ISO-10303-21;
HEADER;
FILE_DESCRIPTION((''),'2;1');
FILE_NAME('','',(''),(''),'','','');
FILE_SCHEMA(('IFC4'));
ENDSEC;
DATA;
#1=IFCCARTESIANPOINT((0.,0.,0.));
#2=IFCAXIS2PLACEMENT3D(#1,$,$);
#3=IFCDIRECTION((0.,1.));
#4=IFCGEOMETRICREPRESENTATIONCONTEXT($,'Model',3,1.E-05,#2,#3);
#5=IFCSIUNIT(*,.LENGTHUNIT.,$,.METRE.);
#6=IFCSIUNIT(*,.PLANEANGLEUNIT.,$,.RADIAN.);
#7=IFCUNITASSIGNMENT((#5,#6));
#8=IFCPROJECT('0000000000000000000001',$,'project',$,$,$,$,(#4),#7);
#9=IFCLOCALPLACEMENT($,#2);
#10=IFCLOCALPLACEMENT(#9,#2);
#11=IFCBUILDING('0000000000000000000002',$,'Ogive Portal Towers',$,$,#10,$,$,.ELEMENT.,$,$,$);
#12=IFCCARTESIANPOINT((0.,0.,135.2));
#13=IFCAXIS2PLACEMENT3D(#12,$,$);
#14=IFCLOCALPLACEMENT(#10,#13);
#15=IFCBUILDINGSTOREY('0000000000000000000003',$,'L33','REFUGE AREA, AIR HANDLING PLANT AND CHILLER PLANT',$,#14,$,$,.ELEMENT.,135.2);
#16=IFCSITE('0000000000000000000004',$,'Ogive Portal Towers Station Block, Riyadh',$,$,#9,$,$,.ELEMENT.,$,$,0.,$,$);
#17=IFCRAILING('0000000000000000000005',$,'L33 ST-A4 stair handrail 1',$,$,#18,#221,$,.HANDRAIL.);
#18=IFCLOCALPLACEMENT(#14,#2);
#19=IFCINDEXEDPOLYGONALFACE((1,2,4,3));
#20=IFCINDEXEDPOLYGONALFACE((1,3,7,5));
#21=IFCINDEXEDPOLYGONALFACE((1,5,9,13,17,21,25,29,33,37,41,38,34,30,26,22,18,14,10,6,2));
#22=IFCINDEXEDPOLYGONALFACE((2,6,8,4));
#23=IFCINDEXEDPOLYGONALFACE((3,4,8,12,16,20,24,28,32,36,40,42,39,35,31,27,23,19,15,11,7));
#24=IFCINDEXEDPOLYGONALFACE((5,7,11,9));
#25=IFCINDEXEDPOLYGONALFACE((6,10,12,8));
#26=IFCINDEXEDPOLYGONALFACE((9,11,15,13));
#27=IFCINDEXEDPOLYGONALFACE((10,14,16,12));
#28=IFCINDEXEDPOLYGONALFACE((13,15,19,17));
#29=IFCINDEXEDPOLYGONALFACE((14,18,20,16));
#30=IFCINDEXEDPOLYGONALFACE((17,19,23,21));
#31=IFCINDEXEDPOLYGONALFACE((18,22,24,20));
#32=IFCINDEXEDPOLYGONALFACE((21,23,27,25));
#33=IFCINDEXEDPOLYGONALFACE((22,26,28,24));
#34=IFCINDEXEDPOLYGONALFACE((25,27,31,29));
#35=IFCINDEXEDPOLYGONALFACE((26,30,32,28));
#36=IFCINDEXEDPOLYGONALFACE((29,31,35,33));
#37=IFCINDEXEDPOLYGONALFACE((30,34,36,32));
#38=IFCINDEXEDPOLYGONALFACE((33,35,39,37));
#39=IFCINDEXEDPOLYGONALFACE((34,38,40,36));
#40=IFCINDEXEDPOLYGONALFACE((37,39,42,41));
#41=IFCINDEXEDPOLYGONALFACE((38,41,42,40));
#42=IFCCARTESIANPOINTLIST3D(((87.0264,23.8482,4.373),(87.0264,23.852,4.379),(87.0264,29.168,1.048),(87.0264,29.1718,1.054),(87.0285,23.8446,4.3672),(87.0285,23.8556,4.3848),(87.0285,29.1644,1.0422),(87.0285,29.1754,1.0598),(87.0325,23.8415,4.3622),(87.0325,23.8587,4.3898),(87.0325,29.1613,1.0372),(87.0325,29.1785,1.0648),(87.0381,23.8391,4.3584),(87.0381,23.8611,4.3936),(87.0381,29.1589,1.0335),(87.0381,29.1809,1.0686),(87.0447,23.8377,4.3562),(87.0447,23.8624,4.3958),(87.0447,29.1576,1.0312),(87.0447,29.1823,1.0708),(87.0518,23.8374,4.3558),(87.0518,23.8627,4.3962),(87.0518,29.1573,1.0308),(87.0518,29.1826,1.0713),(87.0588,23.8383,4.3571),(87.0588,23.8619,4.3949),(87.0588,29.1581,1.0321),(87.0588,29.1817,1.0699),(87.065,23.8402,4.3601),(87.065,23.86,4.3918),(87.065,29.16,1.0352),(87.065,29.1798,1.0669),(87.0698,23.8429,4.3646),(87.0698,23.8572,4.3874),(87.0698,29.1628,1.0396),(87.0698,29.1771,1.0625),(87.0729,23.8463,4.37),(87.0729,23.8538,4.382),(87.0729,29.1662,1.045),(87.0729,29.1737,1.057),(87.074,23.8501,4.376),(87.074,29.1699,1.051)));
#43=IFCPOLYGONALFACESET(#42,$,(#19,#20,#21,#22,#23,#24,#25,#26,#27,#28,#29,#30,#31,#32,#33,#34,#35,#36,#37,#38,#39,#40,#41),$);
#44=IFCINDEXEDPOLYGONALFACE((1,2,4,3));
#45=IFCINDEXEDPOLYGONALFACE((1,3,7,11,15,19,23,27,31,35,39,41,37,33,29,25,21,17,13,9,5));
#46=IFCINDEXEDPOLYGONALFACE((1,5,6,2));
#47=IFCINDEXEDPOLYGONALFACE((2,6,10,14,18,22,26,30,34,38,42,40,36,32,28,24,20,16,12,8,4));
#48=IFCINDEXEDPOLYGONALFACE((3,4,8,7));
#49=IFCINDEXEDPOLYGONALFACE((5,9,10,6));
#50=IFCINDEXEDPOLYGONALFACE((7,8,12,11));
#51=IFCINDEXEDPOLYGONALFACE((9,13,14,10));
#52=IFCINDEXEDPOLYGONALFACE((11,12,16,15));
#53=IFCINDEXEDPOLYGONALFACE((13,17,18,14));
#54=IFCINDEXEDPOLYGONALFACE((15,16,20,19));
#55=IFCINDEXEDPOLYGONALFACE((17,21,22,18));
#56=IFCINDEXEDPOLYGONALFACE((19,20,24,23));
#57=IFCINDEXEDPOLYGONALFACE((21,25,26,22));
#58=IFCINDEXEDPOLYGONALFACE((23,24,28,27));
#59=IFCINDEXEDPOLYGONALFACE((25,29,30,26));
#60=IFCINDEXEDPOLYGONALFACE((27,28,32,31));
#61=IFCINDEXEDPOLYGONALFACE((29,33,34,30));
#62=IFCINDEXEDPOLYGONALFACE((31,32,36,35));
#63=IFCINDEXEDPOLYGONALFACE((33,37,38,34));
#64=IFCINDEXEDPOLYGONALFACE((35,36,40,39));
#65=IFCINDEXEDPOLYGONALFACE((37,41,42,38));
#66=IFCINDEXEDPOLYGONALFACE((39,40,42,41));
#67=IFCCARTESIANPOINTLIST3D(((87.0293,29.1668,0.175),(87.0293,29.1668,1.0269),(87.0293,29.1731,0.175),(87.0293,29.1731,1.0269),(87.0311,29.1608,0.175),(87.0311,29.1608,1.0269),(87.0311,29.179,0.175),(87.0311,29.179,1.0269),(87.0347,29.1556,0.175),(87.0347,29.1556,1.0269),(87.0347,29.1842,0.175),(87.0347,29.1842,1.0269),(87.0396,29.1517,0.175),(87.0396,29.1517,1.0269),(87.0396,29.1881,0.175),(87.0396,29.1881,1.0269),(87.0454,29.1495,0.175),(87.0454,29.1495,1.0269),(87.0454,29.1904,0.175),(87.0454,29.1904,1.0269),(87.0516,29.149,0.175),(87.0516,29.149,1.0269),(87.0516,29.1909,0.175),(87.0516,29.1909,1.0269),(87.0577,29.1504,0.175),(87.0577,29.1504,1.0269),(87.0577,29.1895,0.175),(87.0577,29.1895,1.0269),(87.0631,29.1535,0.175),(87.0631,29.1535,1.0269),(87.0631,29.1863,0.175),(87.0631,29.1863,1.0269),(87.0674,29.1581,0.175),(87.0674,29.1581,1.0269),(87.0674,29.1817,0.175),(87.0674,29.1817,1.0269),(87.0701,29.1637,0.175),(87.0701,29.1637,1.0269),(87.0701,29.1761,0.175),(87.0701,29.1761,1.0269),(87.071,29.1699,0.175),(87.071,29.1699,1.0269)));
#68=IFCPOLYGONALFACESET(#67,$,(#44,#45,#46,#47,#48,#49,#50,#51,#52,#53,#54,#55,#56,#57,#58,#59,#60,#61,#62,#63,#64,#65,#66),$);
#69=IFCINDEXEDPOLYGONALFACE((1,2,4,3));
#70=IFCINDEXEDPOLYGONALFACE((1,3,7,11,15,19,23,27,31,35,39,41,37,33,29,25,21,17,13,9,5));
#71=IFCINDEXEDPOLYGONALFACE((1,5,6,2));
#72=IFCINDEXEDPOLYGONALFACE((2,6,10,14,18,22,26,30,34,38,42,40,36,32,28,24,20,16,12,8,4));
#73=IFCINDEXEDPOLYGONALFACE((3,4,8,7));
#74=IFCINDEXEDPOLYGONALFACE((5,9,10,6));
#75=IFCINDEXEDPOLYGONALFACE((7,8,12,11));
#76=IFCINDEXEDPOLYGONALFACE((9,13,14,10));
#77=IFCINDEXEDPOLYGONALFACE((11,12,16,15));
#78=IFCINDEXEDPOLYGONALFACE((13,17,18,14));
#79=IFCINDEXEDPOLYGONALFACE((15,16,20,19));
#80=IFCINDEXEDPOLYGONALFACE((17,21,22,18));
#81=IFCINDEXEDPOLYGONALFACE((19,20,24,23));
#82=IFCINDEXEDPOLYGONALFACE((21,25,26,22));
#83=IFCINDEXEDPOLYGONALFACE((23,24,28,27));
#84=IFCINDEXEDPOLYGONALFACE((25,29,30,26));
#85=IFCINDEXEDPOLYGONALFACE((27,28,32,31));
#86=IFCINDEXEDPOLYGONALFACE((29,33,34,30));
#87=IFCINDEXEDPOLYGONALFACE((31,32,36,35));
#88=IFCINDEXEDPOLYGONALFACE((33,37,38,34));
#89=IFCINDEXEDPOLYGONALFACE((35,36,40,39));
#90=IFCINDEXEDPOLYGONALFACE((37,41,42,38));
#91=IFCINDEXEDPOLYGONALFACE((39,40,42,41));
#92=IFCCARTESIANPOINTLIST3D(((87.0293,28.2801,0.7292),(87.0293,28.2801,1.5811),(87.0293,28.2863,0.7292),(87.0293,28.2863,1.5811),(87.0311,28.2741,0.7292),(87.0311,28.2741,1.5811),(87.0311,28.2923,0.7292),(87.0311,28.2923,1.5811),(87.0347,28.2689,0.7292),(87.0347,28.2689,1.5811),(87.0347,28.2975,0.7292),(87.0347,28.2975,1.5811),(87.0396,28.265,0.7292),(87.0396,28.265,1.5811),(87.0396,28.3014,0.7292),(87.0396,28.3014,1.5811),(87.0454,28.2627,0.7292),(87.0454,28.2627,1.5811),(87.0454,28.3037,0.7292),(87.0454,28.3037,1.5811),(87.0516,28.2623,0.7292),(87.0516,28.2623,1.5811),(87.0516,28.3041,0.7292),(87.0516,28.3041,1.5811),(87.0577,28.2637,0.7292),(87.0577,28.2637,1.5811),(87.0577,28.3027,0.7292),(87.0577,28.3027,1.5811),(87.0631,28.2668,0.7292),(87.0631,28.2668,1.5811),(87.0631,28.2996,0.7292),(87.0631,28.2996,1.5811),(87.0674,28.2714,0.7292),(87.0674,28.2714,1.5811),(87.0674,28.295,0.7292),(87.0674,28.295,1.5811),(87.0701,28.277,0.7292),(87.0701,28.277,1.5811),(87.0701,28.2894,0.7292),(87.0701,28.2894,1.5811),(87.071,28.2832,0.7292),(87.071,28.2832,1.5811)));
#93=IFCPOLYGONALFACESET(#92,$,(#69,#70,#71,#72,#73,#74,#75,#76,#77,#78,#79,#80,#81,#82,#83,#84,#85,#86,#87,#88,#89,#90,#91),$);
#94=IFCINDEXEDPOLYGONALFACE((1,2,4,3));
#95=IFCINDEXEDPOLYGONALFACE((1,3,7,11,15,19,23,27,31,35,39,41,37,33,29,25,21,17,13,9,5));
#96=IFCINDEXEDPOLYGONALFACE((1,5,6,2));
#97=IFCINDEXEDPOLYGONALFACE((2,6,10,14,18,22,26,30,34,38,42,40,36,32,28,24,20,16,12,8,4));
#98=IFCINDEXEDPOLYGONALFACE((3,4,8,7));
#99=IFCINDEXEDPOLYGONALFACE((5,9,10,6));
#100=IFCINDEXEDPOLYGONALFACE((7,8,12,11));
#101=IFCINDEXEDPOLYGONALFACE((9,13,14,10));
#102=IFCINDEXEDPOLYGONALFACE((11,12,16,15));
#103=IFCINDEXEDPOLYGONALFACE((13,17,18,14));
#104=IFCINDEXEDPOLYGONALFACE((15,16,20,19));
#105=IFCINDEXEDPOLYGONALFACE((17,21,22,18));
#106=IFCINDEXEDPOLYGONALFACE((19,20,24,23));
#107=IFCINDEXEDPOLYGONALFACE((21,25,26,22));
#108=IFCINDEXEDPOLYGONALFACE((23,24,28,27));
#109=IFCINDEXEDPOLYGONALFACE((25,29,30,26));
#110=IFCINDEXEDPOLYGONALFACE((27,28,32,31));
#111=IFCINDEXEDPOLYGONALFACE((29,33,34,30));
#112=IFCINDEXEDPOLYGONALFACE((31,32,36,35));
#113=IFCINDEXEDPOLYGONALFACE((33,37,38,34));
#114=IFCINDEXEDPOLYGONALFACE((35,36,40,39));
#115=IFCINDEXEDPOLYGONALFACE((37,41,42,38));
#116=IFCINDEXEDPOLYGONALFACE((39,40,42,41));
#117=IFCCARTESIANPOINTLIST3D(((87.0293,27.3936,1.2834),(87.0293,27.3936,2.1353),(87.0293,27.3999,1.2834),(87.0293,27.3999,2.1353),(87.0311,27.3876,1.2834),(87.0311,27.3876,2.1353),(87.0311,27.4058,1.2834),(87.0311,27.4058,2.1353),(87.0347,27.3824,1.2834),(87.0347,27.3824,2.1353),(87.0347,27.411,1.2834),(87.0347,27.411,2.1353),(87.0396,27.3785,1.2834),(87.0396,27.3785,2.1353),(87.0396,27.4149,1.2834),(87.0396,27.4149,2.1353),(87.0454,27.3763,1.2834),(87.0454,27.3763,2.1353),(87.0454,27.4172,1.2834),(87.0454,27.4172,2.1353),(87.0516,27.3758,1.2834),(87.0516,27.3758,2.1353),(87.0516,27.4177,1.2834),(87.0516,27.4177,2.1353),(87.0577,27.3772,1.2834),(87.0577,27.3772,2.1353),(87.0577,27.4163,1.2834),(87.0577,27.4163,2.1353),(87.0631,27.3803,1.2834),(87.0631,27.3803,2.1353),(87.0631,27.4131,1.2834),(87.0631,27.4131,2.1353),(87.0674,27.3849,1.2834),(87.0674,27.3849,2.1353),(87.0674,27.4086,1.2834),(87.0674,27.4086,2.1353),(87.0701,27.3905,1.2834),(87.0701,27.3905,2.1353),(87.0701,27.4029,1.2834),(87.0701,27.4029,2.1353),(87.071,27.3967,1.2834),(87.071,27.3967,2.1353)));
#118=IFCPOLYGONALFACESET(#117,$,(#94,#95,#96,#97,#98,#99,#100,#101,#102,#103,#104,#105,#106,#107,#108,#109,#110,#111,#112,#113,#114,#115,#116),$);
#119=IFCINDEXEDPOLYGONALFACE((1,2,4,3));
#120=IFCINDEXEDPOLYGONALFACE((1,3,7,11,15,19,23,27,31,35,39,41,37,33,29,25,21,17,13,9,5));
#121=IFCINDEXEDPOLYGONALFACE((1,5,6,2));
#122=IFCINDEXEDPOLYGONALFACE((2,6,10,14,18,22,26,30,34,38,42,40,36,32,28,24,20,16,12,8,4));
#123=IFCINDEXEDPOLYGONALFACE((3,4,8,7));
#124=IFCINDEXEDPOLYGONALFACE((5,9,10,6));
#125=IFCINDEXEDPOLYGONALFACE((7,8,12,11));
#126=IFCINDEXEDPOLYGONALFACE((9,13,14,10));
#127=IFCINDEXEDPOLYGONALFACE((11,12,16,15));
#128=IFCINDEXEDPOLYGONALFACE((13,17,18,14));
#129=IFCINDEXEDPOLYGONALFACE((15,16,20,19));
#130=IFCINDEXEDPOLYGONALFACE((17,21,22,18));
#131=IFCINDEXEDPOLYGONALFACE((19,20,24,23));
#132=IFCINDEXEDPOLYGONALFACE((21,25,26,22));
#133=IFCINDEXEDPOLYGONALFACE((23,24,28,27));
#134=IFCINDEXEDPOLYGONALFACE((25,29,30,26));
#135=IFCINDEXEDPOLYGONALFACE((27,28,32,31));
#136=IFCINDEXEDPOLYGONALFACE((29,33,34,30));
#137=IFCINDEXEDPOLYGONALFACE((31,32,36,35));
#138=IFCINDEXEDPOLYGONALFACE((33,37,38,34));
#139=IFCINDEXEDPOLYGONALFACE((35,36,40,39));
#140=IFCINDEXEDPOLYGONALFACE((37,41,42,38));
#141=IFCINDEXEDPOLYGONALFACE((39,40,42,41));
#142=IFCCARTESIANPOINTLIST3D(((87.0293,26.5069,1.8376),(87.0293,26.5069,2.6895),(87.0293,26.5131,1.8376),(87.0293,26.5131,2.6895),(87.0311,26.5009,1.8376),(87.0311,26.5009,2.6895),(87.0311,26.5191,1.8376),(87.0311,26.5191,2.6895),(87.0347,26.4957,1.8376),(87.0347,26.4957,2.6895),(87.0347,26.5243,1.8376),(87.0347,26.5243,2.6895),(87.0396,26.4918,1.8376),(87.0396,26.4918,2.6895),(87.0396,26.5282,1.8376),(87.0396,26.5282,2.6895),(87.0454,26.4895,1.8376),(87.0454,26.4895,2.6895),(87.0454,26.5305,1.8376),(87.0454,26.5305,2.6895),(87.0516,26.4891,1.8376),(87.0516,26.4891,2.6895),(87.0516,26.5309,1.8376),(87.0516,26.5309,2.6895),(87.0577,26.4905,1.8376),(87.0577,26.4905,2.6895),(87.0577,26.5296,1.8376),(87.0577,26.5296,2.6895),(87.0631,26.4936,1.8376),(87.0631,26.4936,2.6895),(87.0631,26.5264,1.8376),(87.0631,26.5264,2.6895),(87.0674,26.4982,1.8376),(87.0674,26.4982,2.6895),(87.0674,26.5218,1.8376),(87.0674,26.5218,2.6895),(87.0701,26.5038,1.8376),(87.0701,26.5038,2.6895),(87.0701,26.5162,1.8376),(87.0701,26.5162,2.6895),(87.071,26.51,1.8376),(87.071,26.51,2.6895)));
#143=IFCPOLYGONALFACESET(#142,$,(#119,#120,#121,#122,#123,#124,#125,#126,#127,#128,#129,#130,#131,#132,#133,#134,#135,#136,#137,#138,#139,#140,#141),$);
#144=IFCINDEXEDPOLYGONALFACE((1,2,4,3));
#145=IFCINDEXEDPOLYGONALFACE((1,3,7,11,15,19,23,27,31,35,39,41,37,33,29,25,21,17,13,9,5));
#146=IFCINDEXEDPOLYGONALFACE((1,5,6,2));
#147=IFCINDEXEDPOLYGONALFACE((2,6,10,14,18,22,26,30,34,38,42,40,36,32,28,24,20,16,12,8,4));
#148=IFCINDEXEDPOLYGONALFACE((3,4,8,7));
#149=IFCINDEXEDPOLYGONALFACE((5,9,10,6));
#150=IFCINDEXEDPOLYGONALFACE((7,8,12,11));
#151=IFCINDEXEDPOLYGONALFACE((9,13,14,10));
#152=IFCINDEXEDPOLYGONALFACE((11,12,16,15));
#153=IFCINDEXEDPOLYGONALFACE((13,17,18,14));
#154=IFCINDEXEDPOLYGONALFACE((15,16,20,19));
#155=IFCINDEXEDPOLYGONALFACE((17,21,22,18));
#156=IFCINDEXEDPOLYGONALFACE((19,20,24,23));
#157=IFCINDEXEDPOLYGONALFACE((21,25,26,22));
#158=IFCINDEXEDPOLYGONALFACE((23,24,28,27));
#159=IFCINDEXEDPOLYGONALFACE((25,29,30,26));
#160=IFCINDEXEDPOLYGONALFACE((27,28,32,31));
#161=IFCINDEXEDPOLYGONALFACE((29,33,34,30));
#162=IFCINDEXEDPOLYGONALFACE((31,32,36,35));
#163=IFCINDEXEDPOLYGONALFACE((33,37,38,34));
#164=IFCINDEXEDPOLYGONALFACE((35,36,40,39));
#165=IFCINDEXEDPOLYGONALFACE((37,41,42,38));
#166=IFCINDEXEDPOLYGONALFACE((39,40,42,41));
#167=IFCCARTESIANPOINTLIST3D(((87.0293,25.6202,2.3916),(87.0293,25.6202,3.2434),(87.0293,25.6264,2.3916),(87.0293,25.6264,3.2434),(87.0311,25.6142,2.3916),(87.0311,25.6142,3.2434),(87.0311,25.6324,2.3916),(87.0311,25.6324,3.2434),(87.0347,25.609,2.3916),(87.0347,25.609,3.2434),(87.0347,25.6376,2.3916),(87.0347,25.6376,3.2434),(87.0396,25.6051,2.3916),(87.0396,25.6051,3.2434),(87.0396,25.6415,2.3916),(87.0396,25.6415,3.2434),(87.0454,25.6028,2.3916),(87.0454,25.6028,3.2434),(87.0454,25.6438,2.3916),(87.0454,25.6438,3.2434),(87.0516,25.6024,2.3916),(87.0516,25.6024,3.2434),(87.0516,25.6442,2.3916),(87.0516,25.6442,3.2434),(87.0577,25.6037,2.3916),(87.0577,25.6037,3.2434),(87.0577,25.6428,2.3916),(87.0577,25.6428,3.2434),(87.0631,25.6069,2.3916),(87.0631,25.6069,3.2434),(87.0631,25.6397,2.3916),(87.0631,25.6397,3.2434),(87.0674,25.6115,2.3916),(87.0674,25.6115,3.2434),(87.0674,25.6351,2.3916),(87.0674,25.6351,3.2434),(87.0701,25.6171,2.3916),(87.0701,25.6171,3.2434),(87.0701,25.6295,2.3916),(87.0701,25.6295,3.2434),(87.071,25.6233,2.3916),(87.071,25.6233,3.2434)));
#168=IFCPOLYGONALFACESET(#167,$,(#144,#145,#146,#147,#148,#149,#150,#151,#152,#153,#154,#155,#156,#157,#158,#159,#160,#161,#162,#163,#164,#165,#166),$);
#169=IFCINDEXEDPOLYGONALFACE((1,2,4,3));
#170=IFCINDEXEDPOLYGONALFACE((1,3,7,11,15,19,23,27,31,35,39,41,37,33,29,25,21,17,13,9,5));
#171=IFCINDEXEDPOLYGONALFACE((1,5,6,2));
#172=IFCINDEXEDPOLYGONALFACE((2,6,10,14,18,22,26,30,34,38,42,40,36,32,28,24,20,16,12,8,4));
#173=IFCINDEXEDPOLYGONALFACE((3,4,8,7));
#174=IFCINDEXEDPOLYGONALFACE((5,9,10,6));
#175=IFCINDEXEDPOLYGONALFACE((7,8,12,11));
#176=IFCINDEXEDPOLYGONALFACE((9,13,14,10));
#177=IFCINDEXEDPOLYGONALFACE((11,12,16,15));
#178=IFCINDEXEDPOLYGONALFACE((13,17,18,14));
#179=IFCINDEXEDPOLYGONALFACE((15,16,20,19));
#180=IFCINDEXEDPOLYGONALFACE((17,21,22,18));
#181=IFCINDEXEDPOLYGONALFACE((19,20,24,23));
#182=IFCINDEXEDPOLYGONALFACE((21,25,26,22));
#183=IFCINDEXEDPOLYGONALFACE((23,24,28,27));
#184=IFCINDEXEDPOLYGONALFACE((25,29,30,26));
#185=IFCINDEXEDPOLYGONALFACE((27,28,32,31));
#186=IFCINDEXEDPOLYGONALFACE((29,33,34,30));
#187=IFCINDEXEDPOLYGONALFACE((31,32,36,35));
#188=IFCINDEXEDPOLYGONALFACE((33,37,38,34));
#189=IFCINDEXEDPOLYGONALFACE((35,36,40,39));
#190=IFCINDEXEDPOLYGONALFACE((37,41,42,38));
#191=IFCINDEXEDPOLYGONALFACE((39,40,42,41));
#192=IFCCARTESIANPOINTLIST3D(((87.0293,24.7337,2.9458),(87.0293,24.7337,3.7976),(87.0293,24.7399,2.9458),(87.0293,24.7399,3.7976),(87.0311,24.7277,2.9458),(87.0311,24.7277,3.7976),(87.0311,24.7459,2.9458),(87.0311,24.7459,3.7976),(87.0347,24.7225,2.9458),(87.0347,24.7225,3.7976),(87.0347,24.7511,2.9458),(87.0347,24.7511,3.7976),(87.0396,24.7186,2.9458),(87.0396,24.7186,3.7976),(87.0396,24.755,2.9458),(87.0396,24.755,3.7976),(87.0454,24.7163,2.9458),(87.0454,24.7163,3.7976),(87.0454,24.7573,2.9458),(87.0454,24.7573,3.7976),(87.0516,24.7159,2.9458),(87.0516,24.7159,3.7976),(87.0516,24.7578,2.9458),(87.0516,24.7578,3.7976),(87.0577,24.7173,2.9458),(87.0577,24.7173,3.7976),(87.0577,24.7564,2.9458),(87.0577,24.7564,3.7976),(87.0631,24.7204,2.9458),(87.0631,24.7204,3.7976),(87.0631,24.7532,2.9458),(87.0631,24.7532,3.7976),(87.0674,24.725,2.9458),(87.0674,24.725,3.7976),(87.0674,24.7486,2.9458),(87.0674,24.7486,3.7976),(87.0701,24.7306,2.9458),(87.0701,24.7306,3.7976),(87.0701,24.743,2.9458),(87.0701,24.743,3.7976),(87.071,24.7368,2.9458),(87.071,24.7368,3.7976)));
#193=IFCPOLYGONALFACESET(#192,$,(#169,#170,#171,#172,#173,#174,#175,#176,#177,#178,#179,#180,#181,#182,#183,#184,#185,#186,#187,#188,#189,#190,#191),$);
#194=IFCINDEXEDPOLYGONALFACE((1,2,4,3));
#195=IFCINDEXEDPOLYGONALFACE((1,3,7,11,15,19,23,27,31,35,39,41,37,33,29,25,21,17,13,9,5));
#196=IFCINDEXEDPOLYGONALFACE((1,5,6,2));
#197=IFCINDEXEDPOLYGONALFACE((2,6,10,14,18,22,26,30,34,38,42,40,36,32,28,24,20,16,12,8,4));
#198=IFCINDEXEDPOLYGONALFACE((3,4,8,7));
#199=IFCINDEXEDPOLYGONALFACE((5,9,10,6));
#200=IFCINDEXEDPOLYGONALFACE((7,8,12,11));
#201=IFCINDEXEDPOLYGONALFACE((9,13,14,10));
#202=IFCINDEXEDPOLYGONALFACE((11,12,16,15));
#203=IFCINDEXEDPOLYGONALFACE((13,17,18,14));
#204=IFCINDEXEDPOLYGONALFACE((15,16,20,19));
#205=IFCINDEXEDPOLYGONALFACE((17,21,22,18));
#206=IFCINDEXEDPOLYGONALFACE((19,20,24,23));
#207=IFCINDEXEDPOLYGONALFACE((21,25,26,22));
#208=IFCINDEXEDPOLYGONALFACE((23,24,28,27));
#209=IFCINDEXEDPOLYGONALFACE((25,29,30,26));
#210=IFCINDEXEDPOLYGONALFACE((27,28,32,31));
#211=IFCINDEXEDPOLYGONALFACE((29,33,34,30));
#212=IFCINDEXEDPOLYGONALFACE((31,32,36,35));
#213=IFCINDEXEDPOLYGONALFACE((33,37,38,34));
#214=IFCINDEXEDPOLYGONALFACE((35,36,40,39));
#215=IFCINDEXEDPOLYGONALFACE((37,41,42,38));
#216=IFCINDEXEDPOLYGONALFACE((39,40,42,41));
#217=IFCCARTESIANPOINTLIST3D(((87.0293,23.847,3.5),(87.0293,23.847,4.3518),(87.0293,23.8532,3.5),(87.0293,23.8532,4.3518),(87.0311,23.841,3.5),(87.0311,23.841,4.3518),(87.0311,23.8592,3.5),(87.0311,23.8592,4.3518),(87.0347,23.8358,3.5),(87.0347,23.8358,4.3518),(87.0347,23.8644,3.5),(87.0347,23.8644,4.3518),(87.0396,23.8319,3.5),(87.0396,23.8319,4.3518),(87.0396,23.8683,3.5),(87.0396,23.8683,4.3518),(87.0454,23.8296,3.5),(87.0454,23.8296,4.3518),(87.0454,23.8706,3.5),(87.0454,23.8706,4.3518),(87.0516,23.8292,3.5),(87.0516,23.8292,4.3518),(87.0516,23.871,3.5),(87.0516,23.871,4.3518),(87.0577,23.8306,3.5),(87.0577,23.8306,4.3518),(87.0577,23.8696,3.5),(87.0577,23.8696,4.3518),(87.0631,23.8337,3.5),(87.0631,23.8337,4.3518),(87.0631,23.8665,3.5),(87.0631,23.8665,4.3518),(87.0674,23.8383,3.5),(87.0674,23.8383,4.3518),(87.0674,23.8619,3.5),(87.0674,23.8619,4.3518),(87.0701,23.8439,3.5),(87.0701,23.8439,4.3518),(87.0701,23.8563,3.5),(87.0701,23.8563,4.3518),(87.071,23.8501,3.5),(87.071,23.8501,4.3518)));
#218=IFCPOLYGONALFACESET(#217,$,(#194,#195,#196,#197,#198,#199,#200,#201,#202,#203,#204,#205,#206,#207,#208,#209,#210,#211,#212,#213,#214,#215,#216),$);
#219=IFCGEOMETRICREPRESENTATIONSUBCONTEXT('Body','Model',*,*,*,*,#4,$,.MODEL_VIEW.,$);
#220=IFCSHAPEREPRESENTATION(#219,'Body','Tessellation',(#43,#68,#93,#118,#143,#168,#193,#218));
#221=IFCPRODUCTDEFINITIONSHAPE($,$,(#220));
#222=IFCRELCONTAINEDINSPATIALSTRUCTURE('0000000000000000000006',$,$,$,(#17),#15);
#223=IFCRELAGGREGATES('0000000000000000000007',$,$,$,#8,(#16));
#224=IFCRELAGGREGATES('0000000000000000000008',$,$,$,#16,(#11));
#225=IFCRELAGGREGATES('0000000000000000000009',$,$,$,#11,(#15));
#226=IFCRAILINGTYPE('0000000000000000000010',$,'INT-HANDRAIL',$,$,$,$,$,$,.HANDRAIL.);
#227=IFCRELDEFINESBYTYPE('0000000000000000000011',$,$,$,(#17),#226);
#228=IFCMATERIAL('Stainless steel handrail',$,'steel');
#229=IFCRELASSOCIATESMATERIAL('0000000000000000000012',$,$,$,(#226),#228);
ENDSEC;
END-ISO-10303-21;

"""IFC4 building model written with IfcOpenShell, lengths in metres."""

from ifc_helpers import new_model, si_unit, direction, frame, origin, origin_2d, place, context, subcontext, project, spatial, circle, extrude, material, type_object, element, save


model = new_model("IFC4")

# Units and contexts
model_context = context("Model", 3, precision=1e-05, world=origin(), true_north=direction((0.0, 1.0)))
body_context = subcontext(model_context, "Body", "Model", "MODEL_VIEW")
ifc_project = project(units=[si_unit("LENGTHUNIT", "METRE"), si_unit("PLANEANGLEUNIT", "RADIAN")], contexts=[model_context])

# Site, building, storey
site_placement = place(None, origin())
site = spatial("IfcSite", under=ifc_project, at=site_placement, Name="Ogive Portal Towers Station Block, Riyadh", CompositionType="ELEMENT", RefElevation=0.0)
building_placement = place(site_placement, origin())
building = spatial("IfcBuilding", under=site, at=building_placement, Name="Ogive Portal Towers", CompositionType="ELEMENT")
storey_placement = place(building_placement, frame((0.0, 0.0, 135.2)))
storey = spatial("IfcBuildingStorey", under=building, at=storey_placement, Name="L33", Description="REFUGE AREA, AIR HANDLING PLANT AND CHILLER PLANT", CompositionType="ELEMENT", Elevation=135.2)

# Railing
ifc_material_1 = material(Name="Stainless steel handrail", Category="steel")
railing_type_1 = type_object("IfcRailingType", Name="INT-HANDRAIL", PredefinedType="HANDRAIL", material=ifc_material_1)
railing_1_placement = place(storey_placement, frame((87.05, 29.1699, 0.175)))
element("IfcRailing", 1, at=railing_1_placement, inside=storey, type_object=railing_type_1, Name="L33 ST-A4 stair handrail 1", PredefinedType="HANDRAIL", context=body_context, shape_type="SweptSolid", body=[
    extrude(circle(Radius=0.0239, at=origin_2d()), frame((0.0, 0.0, 0.876), z_axis=(0.0, -0.847994, 0.530006), x_axis=(1.0, 0.0, 0.0)), (0.0, 0.0, 1.0), 6.2734),
    extrude(circle(Radius=0.021, at=origin_2d()), origin(), (0.0, 0.0, 1.0), 0.8518),
    extrude(circle(Radius=0.021, at=origin_2d()), frame((0.0, -0.8867, 0.5542)), (0.0, 0.0, 1.0), 0.8518),
    extrude(circle(Radius=0.021, at=origin_2d()), frame((0.0, -1.7732, 1.1084)), (0.0, 0.0, 1.0), 0.8518),
    extrude(circle(Radius=0.021, at=origin_2d()), frame((0.0, -2.6599, 1.6626)), (0.0, 0.0, 1.0), 0.8518),
    extrude(circle(Radius=0.021, at=origin_2d()), frame((0.0, -3.5466, 2.2166)), (0.0, 0.0, 1.0), 0.8518),
    extrude(circle(Radius=0.021, at=origin_2d()), frame((0.0, -4.4331, 2.7708)), (0.0, 0.0, 1.0), 0.8518),
    extrude(circle(Radius=0.021, at=origin_2d()), frame((0.0, -5.3198, 3.325)), (0.0, 0.0, 1.0), 0.8518),
])

save(model, "model.ifc")
